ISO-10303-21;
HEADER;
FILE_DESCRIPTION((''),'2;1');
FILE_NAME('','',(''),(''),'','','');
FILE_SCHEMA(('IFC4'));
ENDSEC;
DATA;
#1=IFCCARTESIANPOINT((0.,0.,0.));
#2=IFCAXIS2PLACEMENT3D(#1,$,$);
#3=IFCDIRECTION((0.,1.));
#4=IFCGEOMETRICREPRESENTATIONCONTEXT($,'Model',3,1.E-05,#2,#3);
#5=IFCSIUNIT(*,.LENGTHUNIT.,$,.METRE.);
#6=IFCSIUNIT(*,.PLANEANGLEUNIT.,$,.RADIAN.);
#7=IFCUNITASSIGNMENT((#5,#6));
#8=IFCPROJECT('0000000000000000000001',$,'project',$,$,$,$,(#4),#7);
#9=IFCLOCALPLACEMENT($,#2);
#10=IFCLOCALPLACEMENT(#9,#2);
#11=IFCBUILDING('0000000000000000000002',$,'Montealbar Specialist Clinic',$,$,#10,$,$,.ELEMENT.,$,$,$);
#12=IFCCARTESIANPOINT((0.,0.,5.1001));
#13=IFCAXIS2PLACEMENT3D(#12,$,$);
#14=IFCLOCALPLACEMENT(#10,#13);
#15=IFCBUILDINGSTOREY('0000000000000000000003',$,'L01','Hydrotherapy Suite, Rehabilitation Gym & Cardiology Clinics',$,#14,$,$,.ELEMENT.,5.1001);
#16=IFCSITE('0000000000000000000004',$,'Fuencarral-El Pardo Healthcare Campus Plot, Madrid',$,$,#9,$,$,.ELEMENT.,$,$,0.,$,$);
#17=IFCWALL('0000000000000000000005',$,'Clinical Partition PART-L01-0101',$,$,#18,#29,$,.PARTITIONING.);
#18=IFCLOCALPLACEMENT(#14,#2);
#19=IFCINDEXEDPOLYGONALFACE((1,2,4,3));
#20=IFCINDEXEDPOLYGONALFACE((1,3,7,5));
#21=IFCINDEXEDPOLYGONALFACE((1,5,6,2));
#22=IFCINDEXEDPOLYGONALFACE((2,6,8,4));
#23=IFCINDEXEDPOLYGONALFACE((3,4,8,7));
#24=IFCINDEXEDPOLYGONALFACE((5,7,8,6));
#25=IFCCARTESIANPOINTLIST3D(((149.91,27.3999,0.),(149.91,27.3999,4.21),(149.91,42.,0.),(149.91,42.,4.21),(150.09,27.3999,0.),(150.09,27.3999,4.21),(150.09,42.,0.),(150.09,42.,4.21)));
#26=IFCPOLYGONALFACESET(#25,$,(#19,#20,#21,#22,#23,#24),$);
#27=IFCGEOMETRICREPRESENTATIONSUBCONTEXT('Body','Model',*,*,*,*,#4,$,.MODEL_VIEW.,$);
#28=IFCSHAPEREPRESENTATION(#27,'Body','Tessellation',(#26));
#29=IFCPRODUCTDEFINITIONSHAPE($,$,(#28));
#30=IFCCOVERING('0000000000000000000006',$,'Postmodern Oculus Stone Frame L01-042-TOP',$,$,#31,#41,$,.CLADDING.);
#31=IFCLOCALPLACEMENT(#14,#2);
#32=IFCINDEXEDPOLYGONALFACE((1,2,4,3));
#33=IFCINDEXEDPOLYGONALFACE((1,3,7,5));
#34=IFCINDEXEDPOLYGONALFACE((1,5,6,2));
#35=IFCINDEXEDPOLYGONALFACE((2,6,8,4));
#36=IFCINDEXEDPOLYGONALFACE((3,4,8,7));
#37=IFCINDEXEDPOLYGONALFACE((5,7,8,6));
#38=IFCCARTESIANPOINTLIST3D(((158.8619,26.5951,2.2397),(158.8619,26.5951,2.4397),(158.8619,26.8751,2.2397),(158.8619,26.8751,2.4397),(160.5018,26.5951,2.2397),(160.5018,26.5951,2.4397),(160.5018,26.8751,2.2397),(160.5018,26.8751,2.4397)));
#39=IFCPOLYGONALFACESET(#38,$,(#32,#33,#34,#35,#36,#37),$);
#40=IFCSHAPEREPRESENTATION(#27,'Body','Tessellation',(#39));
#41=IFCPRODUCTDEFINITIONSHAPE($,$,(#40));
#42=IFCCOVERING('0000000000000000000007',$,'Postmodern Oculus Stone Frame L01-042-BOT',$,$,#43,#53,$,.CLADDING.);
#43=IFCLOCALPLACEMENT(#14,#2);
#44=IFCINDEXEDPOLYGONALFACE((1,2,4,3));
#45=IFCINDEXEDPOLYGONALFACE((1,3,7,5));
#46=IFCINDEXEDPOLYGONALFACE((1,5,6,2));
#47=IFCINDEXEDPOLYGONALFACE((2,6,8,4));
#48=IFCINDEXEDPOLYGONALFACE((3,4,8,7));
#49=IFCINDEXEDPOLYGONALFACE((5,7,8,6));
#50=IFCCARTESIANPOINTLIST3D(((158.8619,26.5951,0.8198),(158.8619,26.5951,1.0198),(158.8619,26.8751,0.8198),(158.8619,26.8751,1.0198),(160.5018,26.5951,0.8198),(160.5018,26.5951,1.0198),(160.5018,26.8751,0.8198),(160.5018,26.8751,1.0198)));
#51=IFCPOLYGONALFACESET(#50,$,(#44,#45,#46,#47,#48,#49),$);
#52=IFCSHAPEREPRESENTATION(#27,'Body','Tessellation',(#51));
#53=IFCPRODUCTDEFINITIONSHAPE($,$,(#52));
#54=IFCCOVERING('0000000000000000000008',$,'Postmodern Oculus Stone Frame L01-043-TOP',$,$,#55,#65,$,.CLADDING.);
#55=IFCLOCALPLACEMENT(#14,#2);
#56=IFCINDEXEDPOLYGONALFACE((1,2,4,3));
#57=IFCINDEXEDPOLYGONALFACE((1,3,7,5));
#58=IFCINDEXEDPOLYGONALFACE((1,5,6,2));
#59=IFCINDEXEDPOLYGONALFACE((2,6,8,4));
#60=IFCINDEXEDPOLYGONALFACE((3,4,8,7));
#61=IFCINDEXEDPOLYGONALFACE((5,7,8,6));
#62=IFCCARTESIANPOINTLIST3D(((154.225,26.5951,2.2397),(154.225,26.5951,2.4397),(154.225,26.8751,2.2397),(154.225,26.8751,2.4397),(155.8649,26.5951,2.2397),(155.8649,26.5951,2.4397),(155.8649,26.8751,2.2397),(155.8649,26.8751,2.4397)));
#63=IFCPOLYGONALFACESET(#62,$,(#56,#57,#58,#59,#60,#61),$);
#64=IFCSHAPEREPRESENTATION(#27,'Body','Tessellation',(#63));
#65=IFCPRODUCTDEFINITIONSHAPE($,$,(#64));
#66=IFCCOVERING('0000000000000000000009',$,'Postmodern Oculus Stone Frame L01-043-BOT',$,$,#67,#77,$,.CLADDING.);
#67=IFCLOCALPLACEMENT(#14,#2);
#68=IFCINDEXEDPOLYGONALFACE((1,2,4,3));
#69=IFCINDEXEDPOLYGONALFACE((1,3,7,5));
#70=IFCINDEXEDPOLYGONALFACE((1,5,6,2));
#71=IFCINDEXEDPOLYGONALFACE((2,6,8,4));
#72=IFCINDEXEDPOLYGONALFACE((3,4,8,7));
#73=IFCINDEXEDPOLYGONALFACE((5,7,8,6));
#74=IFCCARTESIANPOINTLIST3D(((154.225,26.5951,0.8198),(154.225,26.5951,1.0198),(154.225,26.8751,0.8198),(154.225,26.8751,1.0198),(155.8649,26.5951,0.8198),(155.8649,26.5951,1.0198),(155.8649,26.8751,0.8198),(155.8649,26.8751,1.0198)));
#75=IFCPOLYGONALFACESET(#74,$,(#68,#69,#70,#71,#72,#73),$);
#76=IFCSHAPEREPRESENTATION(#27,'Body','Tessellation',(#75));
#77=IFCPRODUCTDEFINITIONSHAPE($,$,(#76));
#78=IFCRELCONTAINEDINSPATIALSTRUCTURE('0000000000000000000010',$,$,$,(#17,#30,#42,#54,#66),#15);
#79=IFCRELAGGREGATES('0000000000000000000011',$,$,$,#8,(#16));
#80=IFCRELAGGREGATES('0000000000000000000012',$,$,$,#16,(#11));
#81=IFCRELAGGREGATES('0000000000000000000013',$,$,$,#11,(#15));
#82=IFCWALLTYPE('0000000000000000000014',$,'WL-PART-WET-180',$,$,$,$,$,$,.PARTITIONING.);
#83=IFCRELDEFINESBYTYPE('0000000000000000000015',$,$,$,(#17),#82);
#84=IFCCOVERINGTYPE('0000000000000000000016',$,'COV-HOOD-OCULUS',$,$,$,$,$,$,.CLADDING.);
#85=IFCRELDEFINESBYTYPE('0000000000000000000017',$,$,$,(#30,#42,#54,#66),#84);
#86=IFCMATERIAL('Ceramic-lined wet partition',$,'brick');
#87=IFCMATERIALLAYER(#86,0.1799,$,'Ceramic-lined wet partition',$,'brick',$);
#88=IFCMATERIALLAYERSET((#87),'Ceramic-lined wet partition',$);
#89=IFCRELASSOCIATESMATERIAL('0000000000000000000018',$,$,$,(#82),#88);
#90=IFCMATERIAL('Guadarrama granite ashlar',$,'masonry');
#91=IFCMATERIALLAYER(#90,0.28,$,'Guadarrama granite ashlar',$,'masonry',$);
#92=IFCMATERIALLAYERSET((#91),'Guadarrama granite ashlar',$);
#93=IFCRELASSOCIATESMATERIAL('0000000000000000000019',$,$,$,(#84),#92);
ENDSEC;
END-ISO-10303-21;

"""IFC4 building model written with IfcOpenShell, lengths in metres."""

from ifc_helpers import new_model, si_unit, direction, frame, frame_2d, origin, origin_2d, place, context, subcontext, project, spatial, rectangle, extrude, material, layer, layer_set, type_object, element, save


model = new_model("IFC4")

# Units and contexts
model_context = context("Model", 3, precision=1e-05, world=origin(), true_north=direction((0.0, 1.0)))
body_context = subcontext(model_context, "Body", "Model", "MODEL_VIEW")
ifc_project = project(units=[si_unit("LENGTHUNIT", "METRE"), si_unit("PLANEANGLEUNIT", "RADIAN")], contexts=[model_context])

# Site, building, storey
site_placement = place(None, origin())
site = spatial("IfcSite", under=ifc_project, at=site_placement, Name="Fuencarral-El Pardo Healthcare Campus Plot, Madrid", CompositionType="ELEMENT", RefElevation=0.0)
building_placement = place(site_placement, origin())
building = spatial("IfcBuilding", under=site, at=building_placement, Name="Montealbar Specialist Clinic", CompositionType="ELEMENT")
storey_placement = place(building_placement, frame((0.0, 0.0, 5.1001)))
storey = spatial("IfcBuildingStorey", under=building, at=storey_placement, Name="L01", Description="Hydrotherapy Suite, Rehabilitation Gym & Cardiology Clinics", CompositionType="ELEMENT", Elevation=5.1001)

# Wall
ifc_material_1 = material(Name="Ceramic-lined wet partition", Category="brick")
ifc_layer_1 = layer(ifc_material_1, 0.1799, Name="Ceramic-lined wet partition", Category="brick")
ifc_layer_set_1 = layer_set([ifc_layer_1], Name="Ceramic-lined wet partition")
wall_type_1 = type_object("IfcWallType", Name="WL-PART-WET-180", PredefinedType="PARTITIONING", material=ifc_layer_set_1)
wall_1_placement = place(storey_placement, frame((150.0, 27.3999, 0.0), z_axis=(0.0, 0.0, 1.0), x_axis=(0.0, 1.0, 0.0)))
element("IfcWall", 1, at=wall_1_placement, inside=storey, type_object=wall_type_1, Name="Clinical Partition PART-L01-0101", PredefinedType="PARTITIONING", context=body_context, shape_type="SweptSolid", body=[
    extrude(rectangle(XDim=14.6001, YDim=0.1799, at=frame_2d((7.3, 0.0))), origin(), (0.0, 0.0, 1.0), 4.21),
])

# Coverings
ifc_material_2 = material(Name="Guadarrama granite ashlar", Category="masonry")
ifc_layer_2 = layer(ifc_material_2, 0.28, Name="Guadarrama granite ashlar", Category="masonry")
ifc_layer_set_2 = layer_set([ifc_layer_2], Name="Guadarrama granite ashlar")
covering_type = type_object("IfcCoveringType", Name="COV-HOOD-OCULUS", PredefinedType="CLADDING", material=ifc_layer_set_2)
for number, where, z_axis, x_axis, name in (
    (2, (159.6819, 26.7351, 2.2397), (0.0, 0.0, 1.0), (-1.0, 0.0, 0.0), "Postmodern Oculus Stone Frame L01-042-TOP"),
    (3, (159.6819, 26.7351, 0.8198), (0.0, 0.0, 1.0), (-1.0, 0.0, 0.0), "Postmodern Oculus Stone Frame L01-042-BOT"),
    (4, (155.0449, 26.7351, 2.2397), (0.0, 0.0, 1.0), (-1.0, 0.0, 0.0), "Postmodern Oculus Stone Frame L01-043-TOP"),
    (5, (155.0449, 26.7351, 0.8198), (0.0, 0.0, 1.0), (-1.0, 0.0, 0.0), "Postmodern Oculus Stone Frame L01-043-BOT"),
):
    element("IfcCovering", number, at=place(storey_placement, frame(where, z_axis=z_axis, x_axis=x_axis)), inside=storey, type_object=covering_type, Name=name, PredefinedType="CLADDING", context=body_context, shape_type="SweptSolid", body=[
        extrude(rectangle(XDim=1.6399, YDim=0.28, at=origin_2d()), origin(), (0.0, 0.0, 1.0), 0.2),
    ])

save(model, "model.ifc")
